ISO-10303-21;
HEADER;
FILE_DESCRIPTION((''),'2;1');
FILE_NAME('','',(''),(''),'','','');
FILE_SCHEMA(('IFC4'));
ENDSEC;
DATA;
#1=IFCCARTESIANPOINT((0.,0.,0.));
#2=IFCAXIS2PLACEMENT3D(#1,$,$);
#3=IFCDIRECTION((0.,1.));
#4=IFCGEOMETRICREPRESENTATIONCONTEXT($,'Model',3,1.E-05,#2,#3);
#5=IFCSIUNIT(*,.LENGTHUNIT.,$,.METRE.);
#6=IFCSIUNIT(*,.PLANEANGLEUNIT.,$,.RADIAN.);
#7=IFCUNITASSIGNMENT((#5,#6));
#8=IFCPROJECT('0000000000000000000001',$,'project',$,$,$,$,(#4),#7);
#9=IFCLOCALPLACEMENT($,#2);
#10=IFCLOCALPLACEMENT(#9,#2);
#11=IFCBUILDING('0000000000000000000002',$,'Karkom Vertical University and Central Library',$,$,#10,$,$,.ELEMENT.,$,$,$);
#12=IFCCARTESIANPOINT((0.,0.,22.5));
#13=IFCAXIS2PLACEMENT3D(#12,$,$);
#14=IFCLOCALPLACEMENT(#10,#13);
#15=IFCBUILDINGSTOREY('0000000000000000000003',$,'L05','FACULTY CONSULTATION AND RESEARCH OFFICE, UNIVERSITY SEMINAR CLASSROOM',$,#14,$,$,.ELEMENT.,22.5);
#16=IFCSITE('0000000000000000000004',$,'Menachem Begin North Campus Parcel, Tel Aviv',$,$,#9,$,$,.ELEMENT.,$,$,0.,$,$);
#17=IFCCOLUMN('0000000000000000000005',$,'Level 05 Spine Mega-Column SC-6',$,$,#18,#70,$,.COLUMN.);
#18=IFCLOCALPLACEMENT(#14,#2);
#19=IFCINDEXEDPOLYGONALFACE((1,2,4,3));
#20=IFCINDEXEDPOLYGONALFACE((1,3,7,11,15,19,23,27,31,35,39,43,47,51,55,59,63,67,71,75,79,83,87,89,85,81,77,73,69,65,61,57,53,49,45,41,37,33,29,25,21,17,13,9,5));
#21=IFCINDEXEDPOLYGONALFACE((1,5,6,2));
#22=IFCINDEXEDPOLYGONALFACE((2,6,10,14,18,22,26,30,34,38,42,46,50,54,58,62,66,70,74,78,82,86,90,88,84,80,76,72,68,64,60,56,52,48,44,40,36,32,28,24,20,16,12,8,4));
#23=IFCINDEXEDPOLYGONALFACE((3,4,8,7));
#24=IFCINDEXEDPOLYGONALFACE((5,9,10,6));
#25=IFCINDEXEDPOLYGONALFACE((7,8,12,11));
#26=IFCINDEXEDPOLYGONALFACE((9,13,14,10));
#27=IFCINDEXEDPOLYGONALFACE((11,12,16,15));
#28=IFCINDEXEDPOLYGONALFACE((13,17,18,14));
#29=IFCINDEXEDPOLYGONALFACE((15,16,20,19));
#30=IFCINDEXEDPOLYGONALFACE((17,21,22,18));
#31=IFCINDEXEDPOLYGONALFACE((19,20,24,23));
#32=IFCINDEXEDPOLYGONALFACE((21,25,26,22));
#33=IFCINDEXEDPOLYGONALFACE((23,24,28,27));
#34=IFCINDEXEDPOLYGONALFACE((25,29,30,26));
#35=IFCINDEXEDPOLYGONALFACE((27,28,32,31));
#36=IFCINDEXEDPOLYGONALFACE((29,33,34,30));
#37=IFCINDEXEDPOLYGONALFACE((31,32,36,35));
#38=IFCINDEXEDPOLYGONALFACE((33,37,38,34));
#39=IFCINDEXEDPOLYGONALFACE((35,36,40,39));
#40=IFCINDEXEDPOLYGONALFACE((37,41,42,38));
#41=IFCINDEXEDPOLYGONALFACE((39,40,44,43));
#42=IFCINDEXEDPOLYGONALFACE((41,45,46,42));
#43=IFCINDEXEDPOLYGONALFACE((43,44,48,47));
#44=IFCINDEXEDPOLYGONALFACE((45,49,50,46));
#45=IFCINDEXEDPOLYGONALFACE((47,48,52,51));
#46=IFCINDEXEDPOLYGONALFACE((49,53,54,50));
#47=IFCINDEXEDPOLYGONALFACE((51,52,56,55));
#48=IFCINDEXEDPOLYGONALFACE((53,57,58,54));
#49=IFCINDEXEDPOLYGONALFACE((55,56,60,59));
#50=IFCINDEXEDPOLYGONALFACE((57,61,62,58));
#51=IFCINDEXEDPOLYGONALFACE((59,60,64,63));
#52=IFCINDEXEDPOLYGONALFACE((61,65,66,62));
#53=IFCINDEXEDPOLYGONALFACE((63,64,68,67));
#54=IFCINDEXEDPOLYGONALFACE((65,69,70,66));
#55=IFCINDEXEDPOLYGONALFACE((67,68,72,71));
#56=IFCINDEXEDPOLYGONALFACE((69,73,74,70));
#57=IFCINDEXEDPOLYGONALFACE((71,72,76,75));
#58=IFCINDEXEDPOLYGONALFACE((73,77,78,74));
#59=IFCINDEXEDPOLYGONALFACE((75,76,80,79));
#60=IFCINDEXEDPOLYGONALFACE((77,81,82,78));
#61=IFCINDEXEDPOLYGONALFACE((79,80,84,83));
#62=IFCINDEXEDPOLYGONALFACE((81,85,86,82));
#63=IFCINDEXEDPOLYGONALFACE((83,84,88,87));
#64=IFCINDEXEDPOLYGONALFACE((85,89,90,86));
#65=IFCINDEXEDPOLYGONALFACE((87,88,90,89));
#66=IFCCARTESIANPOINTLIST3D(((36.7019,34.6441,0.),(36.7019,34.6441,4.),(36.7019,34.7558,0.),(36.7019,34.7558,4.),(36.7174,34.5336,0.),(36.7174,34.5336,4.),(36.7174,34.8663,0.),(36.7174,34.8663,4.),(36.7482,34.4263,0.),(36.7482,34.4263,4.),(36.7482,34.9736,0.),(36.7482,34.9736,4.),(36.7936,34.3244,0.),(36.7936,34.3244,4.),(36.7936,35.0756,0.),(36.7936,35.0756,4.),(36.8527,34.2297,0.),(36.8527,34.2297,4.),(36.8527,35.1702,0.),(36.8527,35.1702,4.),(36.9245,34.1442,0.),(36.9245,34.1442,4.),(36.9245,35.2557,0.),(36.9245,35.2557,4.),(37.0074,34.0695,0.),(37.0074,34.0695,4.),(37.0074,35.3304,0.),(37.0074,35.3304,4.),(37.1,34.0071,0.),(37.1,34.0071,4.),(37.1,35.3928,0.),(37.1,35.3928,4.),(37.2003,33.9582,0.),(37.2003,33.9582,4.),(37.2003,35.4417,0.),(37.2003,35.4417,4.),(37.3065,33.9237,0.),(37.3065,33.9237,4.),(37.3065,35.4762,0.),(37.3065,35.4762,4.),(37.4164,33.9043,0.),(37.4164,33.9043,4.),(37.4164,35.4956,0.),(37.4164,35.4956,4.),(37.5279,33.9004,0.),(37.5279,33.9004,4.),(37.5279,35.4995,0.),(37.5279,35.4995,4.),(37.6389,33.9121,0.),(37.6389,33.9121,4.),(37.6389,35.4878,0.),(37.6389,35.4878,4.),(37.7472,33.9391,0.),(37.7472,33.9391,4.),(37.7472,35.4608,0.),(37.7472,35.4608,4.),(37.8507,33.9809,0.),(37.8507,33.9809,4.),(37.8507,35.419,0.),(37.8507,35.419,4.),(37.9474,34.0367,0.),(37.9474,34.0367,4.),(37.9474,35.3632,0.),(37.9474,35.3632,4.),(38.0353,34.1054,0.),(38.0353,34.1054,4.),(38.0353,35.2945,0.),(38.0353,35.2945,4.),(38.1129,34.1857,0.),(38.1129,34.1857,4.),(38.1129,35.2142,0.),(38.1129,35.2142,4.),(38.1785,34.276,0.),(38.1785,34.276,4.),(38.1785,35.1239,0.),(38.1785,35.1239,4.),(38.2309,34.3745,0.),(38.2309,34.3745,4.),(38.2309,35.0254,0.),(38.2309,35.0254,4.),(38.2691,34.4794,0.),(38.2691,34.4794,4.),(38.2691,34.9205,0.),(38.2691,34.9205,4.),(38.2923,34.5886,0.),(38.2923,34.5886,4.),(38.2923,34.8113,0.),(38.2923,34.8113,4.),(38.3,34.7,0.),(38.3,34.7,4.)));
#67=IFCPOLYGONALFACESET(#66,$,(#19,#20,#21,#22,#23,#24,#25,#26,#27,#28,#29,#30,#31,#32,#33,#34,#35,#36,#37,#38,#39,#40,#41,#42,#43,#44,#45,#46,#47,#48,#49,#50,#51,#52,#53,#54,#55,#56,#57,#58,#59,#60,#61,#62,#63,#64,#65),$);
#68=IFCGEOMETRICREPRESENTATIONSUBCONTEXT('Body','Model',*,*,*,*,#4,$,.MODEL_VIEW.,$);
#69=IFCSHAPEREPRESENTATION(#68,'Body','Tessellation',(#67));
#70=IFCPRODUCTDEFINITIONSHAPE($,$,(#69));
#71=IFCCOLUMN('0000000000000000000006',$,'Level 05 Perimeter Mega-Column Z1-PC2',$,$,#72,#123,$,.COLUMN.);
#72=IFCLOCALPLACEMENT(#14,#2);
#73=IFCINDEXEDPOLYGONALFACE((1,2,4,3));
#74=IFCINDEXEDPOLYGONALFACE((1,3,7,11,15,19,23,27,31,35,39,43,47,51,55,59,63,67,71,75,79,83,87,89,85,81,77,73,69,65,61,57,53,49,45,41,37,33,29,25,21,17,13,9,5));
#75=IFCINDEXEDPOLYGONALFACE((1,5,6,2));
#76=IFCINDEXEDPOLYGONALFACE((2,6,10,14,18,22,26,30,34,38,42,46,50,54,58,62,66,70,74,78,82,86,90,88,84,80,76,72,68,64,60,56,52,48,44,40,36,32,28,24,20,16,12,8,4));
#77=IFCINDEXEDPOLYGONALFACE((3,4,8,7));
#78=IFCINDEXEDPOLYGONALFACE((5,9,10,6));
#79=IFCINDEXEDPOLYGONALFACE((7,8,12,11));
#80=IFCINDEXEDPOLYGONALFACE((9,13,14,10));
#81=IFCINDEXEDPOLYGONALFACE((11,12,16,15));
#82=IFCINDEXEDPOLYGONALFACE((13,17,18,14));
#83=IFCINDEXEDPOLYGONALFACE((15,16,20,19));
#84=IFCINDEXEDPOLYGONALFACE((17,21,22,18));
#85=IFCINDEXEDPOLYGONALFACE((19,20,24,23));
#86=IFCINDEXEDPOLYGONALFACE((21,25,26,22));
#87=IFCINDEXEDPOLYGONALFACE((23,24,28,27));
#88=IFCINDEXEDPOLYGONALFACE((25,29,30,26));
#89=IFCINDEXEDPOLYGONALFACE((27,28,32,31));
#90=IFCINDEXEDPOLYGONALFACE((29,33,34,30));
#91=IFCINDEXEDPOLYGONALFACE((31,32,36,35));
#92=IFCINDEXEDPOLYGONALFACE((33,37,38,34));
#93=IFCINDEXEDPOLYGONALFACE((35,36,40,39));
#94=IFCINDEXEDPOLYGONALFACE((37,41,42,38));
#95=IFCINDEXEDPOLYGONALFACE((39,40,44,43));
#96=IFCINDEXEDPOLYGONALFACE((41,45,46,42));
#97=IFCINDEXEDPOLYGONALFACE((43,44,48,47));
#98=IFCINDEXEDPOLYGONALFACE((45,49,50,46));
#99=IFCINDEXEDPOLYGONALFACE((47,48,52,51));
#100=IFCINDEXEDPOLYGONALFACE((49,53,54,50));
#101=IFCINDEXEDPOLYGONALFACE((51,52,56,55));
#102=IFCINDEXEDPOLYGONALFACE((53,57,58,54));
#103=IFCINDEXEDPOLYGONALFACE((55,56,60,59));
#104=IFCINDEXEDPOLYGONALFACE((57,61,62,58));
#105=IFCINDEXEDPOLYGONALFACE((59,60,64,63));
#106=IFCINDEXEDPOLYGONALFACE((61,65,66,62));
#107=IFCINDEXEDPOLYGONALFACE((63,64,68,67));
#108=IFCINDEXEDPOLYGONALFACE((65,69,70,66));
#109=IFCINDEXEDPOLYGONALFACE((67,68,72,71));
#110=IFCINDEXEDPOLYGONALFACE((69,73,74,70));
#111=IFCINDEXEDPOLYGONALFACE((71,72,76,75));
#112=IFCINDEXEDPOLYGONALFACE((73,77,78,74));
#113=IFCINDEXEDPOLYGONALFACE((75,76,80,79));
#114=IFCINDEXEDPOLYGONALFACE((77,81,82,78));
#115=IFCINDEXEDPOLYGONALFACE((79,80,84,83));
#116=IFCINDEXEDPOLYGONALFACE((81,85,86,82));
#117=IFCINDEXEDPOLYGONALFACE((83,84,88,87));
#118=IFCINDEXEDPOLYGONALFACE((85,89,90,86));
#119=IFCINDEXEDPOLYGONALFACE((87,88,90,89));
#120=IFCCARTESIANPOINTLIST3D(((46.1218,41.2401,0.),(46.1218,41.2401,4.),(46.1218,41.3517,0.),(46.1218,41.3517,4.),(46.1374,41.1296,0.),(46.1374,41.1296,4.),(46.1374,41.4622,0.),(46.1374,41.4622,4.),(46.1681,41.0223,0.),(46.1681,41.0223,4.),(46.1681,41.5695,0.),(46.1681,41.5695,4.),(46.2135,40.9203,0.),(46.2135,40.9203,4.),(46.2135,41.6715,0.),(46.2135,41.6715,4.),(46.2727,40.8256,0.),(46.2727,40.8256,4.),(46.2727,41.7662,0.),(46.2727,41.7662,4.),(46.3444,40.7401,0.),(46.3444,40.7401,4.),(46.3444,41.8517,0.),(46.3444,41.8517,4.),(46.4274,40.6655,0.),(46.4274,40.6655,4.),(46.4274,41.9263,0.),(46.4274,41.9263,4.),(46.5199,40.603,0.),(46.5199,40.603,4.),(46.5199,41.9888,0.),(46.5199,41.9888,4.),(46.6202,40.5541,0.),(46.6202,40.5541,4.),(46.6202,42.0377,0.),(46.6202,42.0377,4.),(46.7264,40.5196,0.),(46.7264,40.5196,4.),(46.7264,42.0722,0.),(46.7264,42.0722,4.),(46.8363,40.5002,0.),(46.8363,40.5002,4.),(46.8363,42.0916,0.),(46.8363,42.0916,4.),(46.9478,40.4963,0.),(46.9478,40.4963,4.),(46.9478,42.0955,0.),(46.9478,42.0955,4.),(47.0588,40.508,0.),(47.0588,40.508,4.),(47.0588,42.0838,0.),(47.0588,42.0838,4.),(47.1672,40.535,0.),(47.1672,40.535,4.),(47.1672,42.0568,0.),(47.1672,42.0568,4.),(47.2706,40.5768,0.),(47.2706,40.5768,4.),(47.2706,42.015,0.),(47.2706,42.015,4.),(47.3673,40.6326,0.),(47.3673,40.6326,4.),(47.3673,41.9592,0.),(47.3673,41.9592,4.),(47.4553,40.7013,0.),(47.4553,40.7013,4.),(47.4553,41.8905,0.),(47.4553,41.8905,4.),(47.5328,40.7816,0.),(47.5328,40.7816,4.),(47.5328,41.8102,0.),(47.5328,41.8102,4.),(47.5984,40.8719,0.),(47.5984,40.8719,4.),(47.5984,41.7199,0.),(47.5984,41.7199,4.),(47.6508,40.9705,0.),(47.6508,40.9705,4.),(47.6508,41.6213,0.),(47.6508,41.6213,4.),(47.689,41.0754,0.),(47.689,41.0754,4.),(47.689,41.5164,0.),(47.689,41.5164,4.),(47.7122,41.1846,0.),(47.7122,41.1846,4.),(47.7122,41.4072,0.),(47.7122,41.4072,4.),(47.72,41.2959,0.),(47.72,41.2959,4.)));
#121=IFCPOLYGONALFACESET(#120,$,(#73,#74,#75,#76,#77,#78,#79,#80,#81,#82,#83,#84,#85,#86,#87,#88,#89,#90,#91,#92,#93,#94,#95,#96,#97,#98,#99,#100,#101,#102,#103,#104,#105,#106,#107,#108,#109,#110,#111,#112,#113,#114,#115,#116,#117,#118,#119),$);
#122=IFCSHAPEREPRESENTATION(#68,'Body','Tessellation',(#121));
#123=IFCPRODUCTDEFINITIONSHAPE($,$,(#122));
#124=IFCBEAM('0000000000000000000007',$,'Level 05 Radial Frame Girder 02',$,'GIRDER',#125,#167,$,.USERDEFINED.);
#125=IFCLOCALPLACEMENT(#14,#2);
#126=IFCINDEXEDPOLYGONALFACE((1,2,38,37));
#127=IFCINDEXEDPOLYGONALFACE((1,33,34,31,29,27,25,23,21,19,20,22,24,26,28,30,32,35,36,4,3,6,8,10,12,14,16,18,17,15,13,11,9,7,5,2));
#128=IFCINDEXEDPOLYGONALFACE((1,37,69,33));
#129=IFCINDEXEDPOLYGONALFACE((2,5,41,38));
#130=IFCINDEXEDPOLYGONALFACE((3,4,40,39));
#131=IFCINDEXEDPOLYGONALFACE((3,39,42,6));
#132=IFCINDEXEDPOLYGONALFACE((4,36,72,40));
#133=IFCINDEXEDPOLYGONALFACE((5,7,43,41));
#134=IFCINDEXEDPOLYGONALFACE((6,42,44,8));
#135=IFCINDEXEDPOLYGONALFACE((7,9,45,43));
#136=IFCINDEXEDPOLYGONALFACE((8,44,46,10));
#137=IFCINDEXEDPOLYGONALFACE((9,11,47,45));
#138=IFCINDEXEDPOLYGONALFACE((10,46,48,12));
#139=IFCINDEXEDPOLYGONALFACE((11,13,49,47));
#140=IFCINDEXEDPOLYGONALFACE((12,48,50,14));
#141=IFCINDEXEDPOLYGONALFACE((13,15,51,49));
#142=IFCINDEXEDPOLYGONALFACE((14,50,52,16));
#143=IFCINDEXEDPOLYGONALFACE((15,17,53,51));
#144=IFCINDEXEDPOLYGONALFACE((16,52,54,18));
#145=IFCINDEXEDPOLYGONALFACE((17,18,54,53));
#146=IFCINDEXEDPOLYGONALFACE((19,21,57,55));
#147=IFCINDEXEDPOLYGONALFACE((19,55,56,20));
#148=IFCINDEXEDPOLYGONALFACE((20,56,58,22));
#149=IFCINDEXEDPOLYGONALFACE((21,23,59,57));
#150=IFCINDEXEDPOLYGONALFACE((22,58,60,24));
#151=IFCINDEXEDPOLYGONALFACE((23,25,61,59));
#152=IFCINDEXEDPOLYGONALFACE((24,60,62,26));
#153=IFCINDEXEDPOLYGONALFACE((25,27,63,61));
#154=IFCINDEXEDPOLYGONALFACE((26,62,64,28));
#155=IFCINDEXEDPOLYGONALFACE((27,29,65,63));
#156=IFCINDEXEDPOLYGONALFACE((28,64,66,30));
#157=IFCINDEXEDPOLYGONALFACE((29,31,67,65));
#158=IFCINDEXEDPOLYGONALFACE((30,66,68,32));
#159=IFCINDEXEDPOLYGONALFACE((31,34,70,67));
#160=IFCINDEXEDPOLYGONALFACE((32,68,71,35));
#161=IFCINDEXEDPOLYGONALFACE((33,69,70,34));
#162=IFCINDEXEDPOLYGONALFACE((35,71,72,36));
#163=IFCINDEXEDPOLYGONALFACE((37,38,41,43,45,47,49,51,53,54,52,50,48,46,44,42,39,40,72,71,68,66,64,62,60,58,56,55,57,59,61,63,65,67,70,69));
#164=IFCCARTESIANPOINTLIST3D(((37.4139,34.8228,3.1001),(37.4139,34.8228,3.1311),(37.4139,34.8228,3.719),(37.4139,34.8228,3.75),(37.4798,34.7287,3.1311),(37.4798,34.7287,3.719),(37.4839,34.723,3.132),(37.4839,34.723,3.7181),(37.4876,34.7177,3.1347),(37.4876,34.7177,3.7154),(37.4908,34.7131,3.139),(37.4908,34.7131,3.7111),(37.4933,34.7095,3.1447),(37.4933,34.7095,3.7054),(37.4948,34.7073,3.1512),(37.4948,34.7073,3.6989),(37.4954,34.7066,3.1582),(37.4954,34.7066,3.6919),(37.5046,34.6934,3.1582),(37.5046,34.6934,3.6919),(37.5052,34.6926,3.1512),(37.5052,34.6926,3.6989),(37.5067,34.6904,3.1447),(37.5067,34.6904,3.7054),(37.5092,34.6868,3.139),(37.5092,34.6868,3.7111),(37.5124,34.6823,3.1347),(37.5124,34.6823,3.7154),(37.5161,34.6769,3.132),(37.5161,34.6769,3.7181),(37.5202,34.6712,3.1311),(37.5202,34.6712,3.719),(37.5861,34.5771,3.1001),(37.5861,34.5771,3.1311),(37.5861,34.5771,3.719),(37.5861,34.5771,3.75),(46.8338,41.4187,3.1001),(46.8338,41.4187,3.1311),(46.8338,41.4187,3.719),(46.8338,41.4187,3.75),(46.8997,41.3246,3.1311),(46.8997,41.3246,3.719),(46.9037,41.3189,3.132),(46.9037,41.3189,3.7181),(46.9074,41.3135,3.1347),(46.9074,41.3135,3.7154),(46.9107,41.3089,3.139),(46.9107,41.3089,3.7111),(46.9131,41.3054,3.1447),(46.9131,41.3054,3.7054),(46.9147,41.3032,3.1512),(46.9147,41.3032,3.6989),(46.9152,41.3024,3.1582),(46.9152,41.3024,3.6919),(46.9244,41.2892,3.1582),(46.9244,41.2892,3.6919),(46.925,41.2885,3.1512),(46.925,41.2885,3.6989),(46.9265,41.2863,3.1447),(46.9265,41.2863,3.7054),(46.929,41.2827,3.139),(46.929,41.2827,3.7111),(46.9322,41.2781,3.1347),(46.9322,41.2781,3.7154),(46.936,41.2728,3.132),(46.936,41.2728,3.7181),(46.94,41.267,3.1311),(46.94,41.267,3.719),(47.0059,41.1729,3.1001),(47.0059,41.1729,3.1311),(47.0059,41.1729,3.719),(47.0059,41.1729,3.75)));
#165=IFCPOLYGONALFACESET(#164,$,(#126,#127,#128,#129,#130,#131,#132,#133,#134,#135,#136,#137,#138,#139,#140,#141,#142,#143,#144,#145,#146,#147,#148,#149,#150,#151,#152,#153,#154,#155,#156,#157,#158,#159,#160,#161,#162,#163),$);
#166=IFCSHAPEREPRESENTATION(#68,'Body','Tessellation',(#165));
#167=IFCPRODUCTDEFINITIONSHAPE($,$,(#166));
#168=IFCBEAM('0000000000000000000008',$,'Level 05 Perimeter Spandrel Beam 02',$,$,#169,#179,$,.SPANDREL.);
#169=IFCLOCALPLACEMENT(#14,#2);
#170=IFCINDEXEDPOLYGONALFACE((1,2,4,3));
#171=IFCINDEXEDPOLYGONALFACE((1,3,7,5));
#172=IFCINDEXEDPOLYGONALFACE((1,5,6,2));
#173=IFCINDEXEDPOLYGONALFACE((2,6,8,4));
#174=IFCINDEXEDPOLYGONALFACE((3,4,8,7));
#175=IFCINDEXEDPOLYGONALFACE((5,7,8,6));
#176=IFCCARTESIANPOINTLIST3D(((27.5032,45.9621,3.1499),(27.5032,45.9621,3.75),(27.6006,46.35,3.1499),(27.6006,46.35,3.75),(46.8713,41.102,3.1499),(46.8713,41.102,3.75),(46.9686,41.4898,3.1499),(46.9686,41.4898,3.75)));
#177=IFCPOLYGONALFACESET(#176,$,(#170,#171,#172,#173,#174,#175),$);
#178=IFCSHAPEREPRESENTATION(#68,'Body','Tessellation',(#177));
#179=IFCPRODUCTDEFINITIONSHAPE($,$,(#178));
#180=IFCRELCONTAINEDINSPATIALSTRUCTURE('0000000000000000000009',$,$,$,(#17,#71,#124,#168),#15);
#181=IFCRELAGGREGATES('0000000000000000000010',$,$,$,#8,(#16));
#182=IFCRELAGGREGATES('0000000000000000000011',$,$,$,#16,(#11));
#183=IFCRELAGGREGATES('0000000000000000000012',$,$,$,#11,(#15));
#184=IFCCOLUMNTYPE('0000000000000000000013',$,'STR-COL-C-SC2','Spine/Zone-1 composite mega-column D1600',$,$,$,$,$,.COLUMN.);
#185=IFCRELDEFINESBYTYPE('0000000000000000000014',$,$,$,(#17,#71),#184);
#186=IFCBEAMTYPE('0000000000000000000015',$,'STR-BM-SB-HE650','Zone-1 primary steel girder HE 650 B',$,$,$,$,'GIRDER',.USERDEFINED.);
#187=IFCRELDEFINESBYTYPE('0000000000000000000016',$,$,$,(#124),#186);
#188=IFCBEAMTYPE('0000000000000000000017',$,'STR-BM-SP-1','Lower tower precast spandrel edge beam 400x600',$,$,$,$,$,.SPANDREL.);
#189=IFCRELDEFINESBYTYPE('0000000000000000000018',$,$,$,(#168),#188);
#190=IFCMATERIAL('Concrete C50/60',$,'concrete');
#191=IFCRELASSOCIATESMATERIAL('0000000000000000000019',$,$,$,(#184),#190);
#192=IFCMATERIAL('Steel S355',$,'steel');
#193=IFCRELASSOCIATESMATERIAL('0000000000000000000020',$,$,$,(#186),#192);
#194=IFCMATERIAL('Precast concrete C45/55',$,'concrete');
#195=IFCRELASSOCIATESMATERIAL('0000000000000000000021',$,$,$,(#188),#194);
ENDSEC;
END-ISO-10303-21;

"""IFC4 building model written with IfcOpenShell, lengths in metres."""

from ifc_helpers import new_model, si_unit, direction, frame, origin, origin_with_axes, origin_2d, place, context, subcontext, project, spatial, rectangle, circle, i_section, extrude, source, transform, mapped, material, material_profile, profile_set, type_object, element, save


model = new_model("IFC4")

# Units and contexts
model_context = context("Model", 3, precision=1e-05, world=origin(), true_north=direction((0.0, 1.0)))
body_context = subcontext(model_context, "Body", "Model", "MODEL_VIEW")
ifc_project = project(units=[si_unit("LENGTHUNIT", "METRE"), si_unit("PLANEANGLEUNIT", "RADIAN")], contexts=[model_context])

# Site, building, storey
site_placement = place(None, origin())
site = spatial("IfcSite", under=ifc_project, at=site_placement, Name="Menachem Begin North Campus Parcel, Tel Aviv", CompositionType="ELEMENT", RefElevation=0.0)
building_placement = place(site_placement, origin())
building = spatial("IfcBuilding", under=site, at=building_placement, Name="Karkom Vertical University and Central Library", CompositionType="ELEMENT")
storey_placement = place(building_placement, frame((0.0, 0.0, 22.5)))
storey = spatial("IfcBuildingStorey", under=building, at=storey_placement, Name="L05", Description="FACULTY CONSULTATION AND RESEARCH OFFICE, UNIVERSITY SEMINAR CLASSROOM", CompositionType="ELEMENT", Elevation=22.5)

# Columns
ifc_material_1 = material(Name="Concrete C50/60", Category="concrete")
ifc_material_profile_1 = material_profile(ifc_material_1, circle(Radius=0.8, at=origin_2d()), Name="CFT-D1600")
ifc_profile_set_1 = profile_set([ifc_material_profile_1], Name="Concrete C50/60")
column_type = type_object("IfcColumnType", Name="STR-COL-C-SC2", Description="Spine/Zone-1 composite mega-column D1600", PredefinedType="COLUMN", material=ifc_profile_set_1)
shared_shape_1 = source(origin_with_axes(), body_context, "Body", "SweptSolid", [
    extrude(circle(Radius=0.8, at=origin_2d()), origin(), (0.0, 0.0, 1.0), 4.0),
])
for number, where, z_axis, x_axis, name in (
    (1, (37.5, 34.7, 0.0), (0.0, 0.0, 1.0), (1.0, 0.0, 0.0), "Level 05 Spine Mega-Column SC-6"),
    (2, (46.9199, 41.2959, 0.0), (0.0, 0.0, 1.0), (1.0, 0.0, 0.0), "Level 05 Perimeter Mega-Column Z1-PC2"),
):
    element("IfcColumn", number, at=place(storey_placement, frame(where, z_axis=z_axis, x_axis=x_axis)), inside=storey, type_object=column_type, Name=name, PredefinedType="COLUMN", context=body_context, shape_type="MappedRepresentation", body=[
        mapped(shared_shape_1, transform((0.0, 0.0, 0.0), scale=1.0)),
    ])

# Beams
ifc_material_2 = material(Name="Steel S355", Category="steel")
ifc_material_profile_2 = material_profile(ifc_material_2, i_section(OverallWidth=0.3, OverallDepth=0.6499, WebThickness=0.0161, FlangeThickness=0.031, FilletRadius=0.0271, at=origin_2d()), Name="HE 650 B")
ifc_profile_set_2 = profile_set([ifc_material_profile_2], Name="Steel S355")
beam_type_1 = type_object("IfcBeamType", Name="STR-BM-SB-HE650", Description="Zone-1 primary steel girder HE 650 B", ElementType="GIRDER", PredefinedType="USERDEFINED", material=ifc_profile_set_2)
shared_shape_2 = source(origin_with_axes(), body_context, "Body", "SweptSolid", [
    extrude(i_section(OverallWidth=0.3, OverallDepth=0.6499, WebThickness=0.0161, FlangeThickness=0.031, FilletRadius=0.0271, at=origin_2d()), origin(), (0.0, 0.0, 1.0), 11.4995),
])
beam_1_placement = place(storey_placement, frame((37.5, 34.7, 3.425), z_axis=(0.81915, 0.573579, 0.0), x_axis=(-0.573579, 0.81915, 0.0)))
element("IfcBeam", 3, at=beam_1_placement, inside=storey, type_object=beam_type_1, Name="Level 05 Radial Frame Girder 02", ObjectType="GIRDER", PredefinedType="USERDEFINED", context=body_context, shape_type="MappedRepresentation", body=[
    mapped(shared_shape_2, transform((0.0, 0.0, 0.0), scale=1.0)),
])
ifc_material_3 = material(Name="Precast concrete C45/55", Category="concrete")
ifc_material_profile_3 = material_profile(ifc_material_3, rectangle(XDim=0.3999, YDim=0.6001, at=origin_2d()), Name="SPB-400x600")
ifc_profile_set_3 = profile_set([ifc_material_profile_3], Name="Precast concrete C45/55")
beam_type_2 = type_object("IfcBeamType", Name="STR-BM-SP-1", Description="Lower tower precast spandrel edge beam 400x600", PredefinedType="SPANDREL", material=ifc_profile_set_3)
shared_shape_3 = source(origin_with_axes(), body_context, "Body", "SweptSolid", [
    extrude(rectangle(XDim=0.3999, YDim=0.6001, at=origin_2d()), origin(), (0.0, 0.0, 1.0), 19.9685),
])
beam_2_placement = place(storey_placement, frame((46.9199, 41.2959, 3.45), z_axis=(-0.969929, 0.24339, 0.0), x_axis=(-0.24339, -0.969929, 0.0)))
element("IfcBeam", 4, at=beam_2_placement, inside=storey, type_object=beam_type_2, Name="Level 05 Perimeter Spandrel Beam 02", PredefinedType="SPANDREL", context=body_context, shape_type="MappedRepresentation", body=[
    mapped(shared_shape_3, transform((0.0, 0.0, 0.0), scale=1.0)),
])

save(model, "model.ifc")
